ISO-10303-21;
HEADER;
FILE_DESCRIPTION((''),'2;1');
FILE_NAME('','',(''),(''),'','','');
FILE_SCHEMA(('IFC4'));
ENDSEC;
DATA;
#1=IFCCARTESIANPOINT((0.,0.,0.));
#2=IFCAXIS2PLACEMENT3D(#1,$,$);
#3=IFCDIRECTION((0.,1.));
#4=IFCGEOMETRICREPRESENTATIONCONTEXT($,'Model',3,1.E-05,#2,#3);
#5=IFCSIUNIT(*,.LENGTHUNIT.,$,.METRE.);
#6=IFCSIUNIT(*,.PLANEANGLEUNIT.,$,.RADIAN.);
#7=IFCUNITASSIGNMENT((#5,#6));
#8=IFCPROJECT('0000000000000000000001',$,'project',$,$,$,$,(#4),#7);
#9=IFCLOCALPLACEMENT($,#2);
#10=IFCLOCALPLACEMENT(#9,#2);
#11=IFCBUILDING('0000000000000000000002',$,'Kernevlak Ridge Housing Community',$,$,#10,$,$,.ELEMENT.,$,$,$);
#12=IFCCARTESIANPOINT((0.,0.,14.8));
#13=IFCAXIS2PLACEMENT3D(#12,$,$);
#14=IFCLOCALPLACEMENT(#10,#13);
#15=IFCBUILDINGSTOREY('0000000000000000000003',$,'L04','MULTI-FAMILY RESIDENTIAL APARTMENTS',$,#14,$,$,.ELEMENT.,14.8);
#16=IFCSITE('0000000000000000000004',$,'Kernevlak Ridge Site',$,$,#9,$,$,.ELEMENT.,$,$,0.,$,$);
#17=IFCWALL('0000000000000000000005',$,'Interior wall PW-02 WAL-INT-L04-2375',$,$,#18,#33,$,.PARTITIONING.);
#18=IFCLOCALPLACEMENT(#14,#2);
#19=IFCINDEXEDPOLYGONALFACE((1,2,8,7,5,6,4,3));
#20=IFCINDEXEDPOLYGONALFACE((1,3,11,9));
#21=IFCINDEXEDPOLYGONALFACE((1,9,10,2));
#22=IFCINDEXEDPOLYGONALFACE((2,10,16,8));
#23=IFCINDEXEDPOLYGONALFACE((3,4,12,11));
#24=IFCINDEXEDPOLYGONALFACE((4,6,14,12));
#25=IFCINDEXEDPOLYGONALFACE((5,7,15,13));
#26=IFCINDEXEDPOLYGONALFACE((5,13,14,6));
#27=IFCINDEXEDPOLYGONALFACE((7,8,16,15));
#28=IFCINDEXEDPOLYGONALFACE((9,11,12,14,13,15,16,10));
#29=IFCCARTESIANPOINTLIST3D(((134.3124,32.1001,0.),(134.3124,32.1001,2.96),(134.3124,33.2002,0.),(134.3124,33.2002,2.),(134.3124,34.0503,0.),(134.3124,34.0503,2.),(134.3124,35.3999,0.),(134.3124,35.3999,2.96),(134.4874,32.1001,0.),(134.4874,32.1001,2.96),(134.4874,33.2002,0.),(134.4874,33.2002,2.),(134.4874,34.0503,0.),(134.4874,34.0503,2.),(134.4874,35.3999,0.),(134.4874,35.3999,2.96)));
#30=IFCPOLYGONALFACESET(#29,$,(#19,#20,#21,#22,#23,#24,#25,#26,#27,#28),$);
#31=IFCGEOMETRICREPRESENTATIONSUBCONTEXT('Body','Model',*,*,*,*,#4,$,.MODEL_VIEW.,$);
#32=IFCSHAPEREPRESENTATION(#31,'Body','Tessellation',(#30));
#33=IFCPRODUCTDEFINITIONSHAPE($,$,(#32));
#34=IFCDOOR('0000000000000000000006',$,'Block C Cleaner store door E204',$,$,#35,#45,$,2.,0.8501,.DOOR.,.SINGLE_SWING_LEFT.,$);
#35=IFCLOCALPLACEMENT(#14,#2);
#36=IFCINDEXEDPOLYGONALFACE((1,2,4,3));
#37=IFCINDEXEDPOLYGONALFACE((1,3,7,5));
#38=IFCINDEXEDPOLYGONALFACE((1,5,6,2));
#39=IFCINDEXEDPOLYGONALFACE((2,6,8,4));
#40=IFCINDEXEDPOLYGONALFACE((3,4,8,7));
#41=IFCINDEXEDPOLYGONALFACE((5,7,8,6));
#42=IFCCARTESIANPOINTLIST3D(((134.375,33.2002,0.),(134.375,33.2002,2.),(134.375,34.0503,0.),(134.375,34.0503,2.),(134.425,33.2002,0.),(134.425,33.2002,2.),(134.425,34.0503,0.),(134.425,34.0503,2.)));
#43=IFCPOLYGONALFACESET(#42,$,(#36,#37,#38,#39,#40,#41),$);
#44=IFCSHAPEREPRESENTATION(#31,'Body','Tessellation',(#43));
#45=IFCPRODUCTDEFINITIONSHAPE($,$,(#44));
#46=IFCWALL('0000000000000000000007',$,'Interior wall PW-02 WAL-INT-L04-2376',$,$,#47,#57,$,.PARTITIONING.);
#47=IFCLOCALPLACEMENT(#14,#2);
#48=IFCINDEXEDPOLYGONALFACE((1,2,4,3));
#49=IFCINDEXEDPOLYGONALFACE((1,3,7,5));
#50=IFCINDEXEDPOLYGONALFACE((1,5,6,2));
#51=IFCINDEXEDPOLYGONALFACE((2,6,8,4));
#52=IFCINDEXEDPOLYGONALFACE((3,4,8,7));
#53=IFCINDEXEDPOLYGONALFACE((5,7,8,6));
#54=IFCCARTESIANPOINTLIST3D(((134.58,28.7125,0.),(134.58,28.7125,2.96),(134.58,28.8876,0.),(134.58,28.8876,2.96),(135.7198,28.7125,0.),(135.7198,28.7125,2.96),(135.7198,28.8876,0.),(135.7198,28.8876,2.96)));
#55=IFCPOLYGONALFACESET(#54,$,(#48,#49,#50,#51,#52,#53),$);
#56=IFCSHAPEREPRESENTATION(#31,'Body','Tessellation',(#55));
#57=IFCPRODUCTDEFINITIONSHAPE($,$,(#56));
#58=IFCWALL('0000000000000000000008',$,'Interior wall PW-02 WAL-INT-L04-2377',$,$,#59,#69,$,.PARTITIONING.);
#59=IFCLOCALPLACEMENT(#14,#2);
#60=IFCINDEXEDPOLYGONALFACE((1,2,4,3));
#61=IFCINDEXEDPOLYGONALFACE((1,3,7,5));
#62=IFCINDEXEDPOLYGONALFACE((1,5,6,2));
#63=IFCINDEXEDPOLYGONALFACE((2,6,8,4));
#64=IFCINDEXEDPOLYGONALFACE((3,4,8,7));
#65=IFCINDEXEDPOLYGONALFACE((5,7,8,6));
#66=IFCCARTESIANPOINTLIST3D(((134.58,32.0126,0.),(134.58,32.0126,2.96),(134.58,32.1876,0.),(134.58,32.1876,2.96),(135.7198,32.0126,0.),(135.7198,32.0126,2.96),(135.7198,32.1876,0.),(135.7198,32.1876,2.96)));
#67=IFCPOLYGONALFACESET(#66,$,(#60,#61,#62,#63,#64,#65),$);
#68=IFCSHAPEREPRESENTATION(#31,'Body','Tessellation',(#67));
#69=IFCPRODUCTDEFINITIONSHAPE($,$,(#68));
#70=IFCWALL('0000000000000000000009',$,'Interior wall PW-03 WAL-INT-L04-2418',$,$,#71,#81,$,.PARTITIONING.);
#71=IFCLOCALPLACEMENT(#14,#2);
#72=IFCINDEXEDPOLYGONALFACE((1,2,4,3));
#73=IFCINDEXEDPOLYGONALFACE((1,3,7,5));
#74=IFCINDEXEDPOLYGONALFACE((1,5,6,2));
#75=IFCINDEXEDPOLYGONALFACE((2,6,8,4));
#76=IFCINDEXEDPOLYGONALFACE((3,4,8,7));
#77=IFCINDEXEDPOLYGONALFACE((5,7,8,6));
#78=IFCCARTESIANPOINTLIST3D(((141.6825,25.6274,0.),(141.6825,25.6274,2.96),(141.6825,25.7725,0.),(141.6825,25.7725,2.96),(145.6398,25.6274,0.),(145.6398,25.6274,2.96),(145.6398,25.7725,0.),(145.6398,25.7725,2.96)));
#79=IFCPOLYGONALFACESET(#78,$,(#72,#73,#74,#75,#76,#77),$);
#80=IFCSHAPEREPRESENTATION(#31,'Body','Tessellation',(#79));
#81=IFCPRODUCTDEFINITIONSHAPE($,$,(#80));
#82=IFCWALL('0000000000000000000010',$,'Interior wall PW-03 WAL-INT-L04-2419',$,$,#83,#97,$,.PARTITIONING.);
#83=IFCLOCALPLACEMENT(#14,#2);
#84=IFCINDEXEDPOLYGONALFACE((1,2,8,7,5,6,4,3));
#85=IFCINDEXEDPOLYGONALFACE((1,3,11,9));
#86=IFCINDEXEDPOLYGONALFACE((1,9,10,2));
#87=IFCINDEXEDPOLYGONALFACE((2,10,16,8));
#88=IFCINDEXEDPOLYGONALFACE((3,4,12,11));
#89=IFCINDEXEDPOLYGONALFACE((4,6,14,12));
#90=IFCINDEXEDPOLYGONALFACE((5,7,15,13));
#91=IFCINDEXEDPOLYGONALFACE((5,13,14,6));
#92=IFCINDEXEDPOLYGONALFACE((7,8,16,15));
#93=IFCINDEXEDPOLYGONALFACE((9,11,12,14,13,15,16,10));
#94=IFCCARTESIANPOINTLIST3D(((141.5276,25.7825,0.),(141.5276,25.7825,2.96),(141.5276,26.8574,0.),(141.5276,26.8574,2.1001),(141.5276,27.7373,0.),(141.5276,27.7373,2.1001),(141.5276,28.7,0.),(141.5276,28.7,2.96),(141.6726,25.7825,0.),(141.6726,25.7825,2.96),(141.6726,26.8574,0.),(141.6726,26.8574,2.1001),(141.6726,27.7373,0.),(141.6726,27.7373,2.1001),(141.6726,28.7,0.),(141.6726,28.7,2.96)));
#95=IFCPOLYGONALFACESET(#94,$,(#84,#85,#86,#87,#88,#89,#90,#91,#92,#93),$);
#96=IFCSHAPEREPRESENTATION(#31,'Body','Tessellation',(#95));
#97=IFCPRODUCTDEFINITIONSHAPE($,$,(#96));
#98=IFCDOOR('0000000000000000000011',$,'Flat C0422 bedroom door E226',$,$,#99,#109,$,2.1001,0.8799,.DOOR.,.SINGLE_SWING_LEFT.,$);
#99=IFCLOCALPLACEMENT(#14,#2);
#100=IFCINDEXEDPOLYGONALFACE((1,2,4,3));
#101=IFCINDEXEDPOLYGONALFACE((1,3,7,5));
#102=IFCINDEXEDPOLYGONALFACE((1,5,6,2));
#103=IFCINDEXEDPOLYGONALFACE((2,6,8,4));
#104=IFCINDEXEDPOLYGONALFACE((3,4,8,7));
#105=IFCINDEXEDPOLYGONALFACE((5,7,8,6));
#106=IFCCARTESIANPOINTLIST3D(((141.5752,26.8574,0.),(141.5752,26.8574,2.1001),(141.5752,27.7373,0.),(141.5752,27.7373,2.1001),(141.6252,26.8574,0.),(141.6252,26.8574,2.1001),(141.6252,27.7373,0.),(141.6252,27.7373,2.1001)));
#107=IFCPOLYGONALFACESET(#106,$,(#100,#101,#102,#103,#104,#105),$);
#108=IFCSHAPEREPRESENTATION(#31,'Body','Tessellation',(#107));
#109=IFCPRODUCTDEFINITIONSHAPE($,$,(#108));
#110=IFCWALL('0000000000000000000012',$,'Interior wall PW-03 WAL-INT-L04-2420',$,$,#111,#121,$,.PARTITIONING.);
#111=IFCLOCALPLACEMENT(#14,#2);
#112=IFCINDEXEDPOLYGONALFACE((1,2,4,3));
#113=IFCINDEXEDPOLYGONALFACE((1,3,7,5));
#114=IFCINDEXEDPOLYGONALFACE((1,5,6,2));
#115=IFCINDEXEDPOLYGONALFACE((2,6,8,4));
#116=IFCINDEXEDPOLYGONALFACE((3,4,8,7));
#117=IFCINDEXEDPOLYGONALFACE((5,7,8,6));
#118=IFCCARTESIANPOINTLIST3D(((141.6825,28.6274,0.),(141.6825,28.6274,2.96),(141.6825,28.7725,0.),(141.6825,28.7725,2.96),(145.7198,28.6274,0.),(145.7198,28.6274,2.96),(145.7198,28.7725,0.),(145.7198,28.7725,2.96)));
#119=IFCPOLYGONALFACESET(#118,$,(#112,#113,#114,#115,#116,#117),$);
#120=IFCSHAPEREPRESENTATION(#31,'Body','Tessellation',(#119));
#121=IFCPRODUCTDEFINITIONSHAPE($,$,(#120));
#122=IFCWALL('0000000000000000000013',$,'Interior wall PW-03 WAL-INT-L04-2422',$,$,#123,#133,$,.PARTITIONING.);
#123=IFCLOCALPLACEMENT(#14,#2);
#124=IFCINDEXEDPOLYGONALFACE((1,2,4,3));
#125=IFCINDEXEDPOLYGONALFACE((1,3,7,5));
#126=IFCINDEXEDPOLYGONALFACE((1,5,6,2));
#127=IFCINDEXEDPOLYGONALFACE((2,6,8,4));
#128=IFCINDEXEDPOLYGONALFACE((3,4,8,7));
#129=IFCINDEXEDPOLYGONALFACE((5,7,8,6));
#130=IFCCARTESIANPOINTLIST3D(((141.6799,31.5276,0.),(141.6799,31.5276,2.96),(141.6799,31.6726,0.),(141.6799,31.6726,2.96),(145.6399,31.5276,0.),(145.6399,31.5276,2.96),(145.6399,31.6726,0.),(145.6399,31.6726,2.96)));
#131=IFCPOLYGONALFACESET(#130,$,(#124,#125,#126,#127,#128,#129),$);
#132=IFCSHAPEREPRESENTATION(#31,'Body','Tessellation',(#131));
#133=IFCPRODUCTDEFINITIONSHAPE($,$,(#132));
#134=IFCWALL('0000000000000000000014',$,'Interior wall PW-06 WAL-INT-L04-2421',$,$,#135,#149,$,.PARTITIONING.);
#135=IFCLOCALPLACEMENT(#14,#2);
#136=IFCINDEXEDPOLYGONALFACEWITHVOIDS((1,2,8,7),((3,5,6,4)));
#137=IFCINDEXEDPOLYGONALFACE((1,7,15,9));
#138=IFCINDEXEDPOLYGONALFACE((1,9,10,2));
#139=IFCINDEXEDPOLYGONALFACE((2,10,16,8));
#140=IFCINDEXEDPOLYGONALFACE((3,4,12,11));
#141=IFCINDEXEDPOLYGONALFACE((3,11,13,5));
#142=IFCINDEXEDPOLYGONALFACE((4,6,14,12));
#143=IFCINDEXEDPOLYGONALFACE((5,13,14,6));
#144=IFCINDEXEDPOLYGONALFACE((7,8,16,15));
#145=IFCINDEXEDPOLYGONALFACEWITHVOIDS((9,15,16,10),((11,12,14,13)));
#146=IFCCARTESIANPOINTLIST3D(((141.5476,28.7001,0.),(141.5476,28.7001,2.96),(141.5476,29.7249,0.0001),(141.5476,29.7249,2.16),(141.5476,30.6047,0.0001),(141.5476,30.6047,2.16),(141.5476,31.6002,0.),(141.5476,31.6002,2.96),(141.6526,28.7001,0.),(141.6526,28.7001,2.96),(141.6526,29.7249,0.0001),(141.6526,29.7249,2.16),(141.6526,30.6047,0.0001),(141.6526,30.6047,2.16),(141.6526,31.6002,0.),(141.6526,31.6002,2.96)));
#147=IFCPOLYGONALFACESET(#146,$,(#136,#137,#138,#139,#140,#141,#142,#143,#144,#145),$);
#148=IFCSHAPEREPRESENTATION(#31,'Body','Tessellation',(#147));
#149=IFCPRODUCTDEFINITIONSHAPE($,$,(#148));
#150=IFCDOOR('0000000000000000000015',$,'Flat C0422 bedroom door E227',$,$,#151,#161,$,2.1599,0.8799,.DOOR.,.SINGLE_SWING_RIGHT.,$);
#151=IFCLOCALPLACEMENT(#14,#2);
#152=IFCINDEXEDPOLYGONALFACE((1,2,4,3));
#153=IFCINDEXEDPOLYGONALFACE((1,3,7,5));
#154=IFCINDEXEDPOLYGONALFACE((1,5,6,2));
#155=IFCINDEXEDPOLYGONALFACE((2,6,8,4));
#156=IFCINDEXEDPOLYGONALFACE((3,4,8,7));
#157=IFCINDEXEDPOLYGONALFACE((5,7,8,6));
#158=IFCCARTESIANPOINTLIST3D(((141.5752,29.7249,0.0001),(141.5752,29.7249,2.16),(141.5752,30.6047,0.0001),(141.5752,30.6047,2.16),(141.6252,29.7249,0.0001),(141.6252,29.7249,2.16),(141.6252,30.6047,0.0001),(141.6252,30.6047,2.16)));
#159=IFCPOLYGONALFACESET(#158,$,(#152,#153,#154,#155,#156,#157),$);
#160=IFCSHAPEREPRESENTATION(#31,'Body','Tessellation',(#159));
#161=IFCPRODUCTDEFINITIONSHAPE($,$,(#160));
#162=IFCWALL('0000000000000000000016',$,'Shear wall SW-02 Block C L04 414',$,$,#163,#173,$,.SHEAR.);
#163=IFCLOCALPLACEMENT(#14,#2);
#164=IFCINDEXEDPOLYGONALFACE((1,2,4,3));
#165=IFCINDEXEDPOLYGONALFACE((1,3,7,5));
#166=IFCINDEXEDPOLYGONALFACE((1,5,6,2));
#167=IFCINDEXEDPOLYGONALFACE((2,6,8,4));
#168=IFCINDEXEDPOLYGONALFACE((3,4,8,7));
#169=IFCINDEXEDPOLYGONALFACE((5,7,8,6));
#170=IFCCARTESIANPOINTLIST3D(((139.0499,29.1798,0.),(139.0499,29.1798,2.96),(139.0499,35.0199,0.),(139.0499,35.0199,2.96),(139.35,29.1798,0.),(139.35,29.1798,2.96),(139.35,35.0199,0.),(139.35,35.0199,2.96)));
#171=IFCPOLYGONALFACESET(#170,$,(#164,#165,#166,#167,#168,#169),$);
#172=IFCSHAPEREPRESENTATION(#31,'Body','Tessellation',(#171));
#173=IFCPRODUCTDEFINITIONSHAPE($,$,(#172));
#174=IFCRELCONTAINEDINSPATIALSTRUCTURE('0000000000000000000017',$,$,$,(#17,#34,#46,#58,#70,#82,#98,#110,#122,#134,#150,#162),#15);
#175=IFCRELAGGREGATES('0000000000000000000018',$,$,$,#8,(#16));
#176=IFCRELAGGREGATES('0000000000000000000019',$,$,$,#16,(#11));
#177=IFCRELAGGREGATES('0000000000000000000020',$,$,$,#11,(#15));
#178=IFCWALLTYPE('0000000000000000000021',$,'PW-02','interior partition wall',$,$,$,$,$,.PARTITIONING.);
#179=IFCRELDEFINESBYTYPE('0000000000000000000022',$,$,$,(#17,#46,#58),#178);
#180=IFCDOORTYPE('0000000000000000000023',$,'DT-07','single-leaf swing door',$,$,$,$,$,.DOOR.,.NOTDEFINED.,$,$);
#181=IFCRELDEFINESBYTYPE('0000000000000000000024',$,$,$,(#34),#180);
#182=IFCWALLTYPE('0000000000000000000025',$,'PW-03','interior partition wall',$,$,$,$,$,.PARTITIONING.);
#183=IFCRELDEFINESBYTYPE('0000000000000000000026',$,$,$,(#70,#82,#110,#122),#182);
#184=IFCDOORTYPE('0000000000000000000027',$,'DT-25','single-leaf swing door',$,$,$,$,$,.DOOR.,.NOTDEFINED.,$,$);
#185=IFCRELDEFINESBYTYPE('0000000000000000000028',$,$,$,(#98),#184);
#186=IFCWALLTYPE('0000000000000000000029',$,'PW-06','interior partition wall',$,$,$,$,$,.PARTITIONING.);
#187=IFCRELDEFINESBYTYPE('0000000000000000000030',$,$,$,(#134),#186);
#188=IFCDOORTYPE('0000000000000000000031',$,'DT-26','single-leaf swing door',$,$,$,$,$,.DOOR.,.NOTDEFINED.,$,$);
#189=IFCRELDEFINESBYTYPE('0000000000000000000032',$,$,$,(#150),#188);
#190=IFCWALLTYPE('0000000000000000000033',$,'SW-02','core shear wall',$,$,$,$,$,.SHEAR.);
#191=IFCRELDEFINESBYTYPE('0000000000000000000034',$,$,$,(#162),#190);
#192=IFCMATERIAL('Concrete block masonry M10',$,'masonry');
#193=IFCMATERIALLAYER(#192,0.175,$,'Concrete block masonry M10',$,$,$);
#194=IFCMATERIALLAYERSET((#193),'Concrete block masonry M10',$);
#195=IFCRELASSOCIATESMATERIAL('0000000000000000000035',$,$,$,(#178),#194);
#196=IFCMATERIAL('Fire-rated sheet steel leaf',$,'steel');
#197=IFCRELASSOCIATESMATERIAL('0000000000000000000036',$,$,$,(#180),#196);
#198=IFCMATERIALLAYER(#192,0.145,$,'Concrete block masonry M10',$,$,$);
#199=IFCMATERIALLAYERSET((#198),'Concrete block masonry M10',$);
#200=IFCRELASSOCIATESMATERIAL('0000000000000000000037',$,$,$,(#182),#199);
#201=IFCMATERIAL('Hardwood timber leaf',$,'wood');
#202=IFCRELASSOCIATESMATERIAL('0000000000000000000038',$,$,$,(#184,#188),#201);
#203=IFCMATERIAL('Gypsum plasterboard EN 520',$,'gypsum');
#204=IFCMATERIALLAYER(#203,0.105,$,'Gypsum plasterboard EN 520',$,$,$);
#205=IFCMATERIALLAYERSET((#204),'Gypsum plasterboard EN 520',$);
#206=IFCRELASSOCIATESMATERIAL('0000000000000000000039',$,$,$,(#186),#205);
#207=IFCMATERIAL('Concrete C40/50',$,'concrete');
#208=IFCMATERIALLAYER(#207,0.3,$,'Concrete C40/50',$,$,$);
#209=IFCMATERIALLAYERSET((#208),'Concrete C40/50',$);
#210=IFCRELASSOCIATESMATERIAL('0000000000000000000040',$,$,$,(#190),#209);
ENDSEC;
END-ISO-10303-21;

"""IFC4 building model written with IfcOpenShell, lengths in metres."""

from ifc_helpers import new_model, si_unit, direction, frame, frame_2d, origin, place, context, subcontext, project, spatial, rectangle, extrude, material, layer, layer_set, type_object, element, fill, save


model = new_model("IFC4")

# Units and contexts
model_context = context("Model", 3, precision=1e-05, world=origin(), true_north=direction((0.0, 1.0)))
body_context = subcontext(model_context, "Body", "Model", "MODEL_VIEW")
ifc_project = project(units=[si_unit("LENGTHUNIT", "METRE"), si_unit("PLANEANGLEUNIT", "RADIAN")], contexts=[model_context])

# Site, building, storey
site_placement = place(None, origin())
site = spatial("IfcSite", under=ifc_project, at=site_placement, Name="Kernevlak Ridge Site", CompositionType="ELEMENT", RefElevation=0.0)
building_placement = place(site_placement, origin())
building = spatial("IfcBuilding", under=site, at=building_placement, Name="Kernevlak Ridge Housing Community", CompositionType="ELEMENT")
storey_placement = place(building_placement, frame((0.0, 0.0, 14.8)))
storey = spatial("IfcBuildingStorey", under=building, at=storey_placement, Name="L04", Description="MULTI-FAMILY RESIDENTIAL APARTMENTS", CompositionType="ELEMENT", Elevation=14.8)

# Shared definitions
ifc_material_1 = material(Name="Concrete block masonry M10", Category="masonry")

# Wall, opening, door
ifc_material_2 = material(Name="Fire-rated sheet steel leaf", Category="steel")
ifc_layer_1 = layer(ifc_material_1, 0.175, Name="Concrete block masonry M10")
ifc_layer_set_1 = layer_set([ifc_layer_1], Name="Concrete block masonry M10")
wall_type_1 = type_object("IfcWallType", Name="PW-02", Description="interior partition wall", PredefinedType="PARTITIONING", material=ifc_layer_set_1)
wall_1_placement = place(storey_placement, frame((134.3999, 32.1001, 0.0), z_axis=(0.0, 0.0, 1.0), x_axis=(0.0, 1.0, 0.0)))
wall_1 = element("IfcWall", 1, at=wall_1_placement, inside=storey, type_object=wall_type_1, Name="Interior wall PW-02 WAL-INT-L04-2375", PredefinedType="PARTITIONING", context=body_context, shape_type="SweptSolid", body=[
    extrude(rectangle(XDim=3.2998, YDim=0.175, at=frame_2d((1.6499, 0.0))), origin(), (0.0, 0.0, 1.0), 2.96),
])
opening_1_placement = place(wall_1_placement, frame((1.1001, 0.0, 0.0)))
opening_1 = element("IfcOpeningElement", 2, at=opening_1_placement, cuts=wall_1, PredefinedType="OPENING", context=body_context, shape_type="SweptSolid", body=[
    extrude(rectangle(XDim=0.8501, YDim=2.0, at=frame_2d((0.425, 1.0))), frame((0.0, 0.0974, 0.0), z_axis=(0.0, -1.0, 0.0), x_axis=(1.0, 0.0, 0.0)), (0.0, 0.0, 1.0), 0.1951),
])
door_type_1 = type_object("IfcDoorType", Name="DT-07", Description="single-leaf swing door", OperationType="NOTDEFINED", PredefinedType="DOOR", material=ifc_material_2)
door_1_placement = place(opening_1_placement, origin())
door_1 = element("IfcDoor", 3, at=door_1_placement, inside=storey, type_object=door_type_1, Name="Block C Cleaner store door E204", OperationType="SINGLE_SWING_LEFT", OverallHeight=2.0, OverallWidth=0.8501, PredefinedType="DOOR", context=body_context, shape_type="SweptSolid", body=[
    extrude(rectangle(XDim=0.8501, YDim=2.0, at=frame_2d((0.425, 1.0))), frame((0.0, 0.0249, 0.0), z_axis=(0.0, -1.0, 0.0), x_axis=(1.0, 0.0, 0.0)), (0.0, 0.0, 1.0), 0.05),
])
fill(opening_1, door_1)

# Walls
for number, where, z_axis, x_axis, name in (
    (4, (134.5801, 28.8, 0.0), (0.0, 0.0, 1.0), (1.0, 0.0, 0.0), "Interior wall PW-02 WAL-INT-L04-2376"),
    (5, (134.5801, 32.1001, 0.0), (0.0, 0.0, 1.0), (1.0, 0.0, 0.0), "Interior wall PW-02 WAL-INT-L04-2377"),
):
    element("IfcWall", number, at=place(storey_placement, frame(where, z_axis=z_axis, x_axis=x_axis)), inside=storey, type_object=wall_type_1, Name=name, PredefinedType="PARTITIONING", context=body_context, shape_type="SweptSolid", body=[
        extrude(rectangle(XDim=1.1399, YDim=0.175, at=frame_2d((0.5698, 0.0))), origin(), (0.0, 0.0, 1.0), 2.96),
    ])
ifc_layer_2 = layer(ifc_material_1, 0.145, Name="Concrete block masonry M10")
ifc_layer_set_2 = layer_set([ifc_layer_2], Name="Concrete block masonry M10")
wall_type_2 = type_object("IfcWallType", Name="PW-03", Description="interior partition wall", PredefinedType="PARTITIONING", material=ifc_layer_set_2)
wall_2_placement = place(storey_placement, frame((141.6826, 25.7, 0.0), z_axis=(0.0, 0.0, 1.0), x_axis=(1.0, 0.0, 0.0)))
element("IfcWall", 6, at=wall_2_placement, inside=storey, type_object=wall_type_2, Name="Interior wall PW-03 WAL-INT-L04-2418", PredefinedType="PARTITIONING", context=body_context, shape_type="SweptSolid", body=[
    extrude(rectangle(XDim=3.9573, YDim=0.145, at=frame_2d((1.9785, 0.0))), origin(), (0.0, 0.0, 1.0), 2.96),
])

# Wall, opening, door
wall_3_placement = place(storey_placement, frame((141.6001, 25.7825, 0.0), z_axis=(0.0, 0.0, 1.0), x_axis=(0.0, 1.0, 0.0)))
wall_3 = element("IfcWall", 7, at=wall_3_placement, inside=storey, type_object=wall_type_2, Name="Interior wall PW-03 WAL-INT-L04-2419", PredefinedType="PARTITIONING", context=body_context, shape_type="SweptSolid", body=[
    extrude(rectangle(XDim=2.9175, YDim=0.145, at=frame_2d((1.4587, 0.0))), origin(), (0.0, 0.0, 1.0), 2.96),
])
opening_2_placement = place(wall_3_placement, frame((1.075, 0.0, 0.0)))
opening_2 = element("IfcOpeningElement", 8, at=opening_2_placement, cuts=wall_3, PredefinedType="OPENING", context=body_context, shape_type="SweptSolid", body=[
    extrude(rectangle(XDim=0.8799, YDim=2.1001, at=frame_2d((0.4399, 1.05))), frame((0.0, 0.0825, 0.0), z_axis=(0.0, -1.0, 0.0), x_axis=(1.0, 0.0, 0.0)), (0.0, 0.0, 1.0), 0.165),
])
ifc_material_3 = material(Name="Hardwood timber leaf", Category="wood")
door_type_2 = type_object("IfcDoorType", Name="DT-25", Description="single-leaf swing door", OperationType="NOTDEFINED", PredefinedType="DOOR", material=ifc_material_3)
door_2_placement = place(opening_2_placement, origin())
door_2 = element("IfcDoor", 9, at=door_2_placement, inside=storey, type_object=door_type_2, Name="Flat C0422 bedroom door E226", OperationType="SINGLE_SWING_LEFT", OverallHeight=2.1001, OverallWidth=0.8799, PredefinedType="DOOR", context=body_context, shape_type="SweptSolid", body=[
    extrude(rectangle(XDim=0.8799, YDim=2.1001, at=frame_2d((0.4399, 1.05))), frame((0.0, 0.0249, 0.0), z_axis=(0.0, -1.0, 0.0), x_axis=(1.0, 0.0, 0.0)), (0.0, 0.0, 1.0), 0.05),
])
fill(opening_2, door_2)

# Walls
wall_4_placement = place(storey_placement, frame((141.6826, 28.7, 0.0), z_axis=(0.0, 0.0, 1.0), x_axis=(1.0, 0.0, 0.0)))
element("IfcWall", 10, at=wall_4_placement, inside=storey, type_object=wall_type_2, Name="Interior wall PW-03 WAL-INT-L04-2420", PredefinedType="PARTITIONING", context=body_context, shape_type="SweptSolid", body=[
    extrude(rectangle(XDim=4.0374, YDim=0.145, at=frame_2d((2.0186, 0.0))), origin(), (0.0, 0.0, 1.0), 2.96),
])
wall_5_placement = place(storey_placement, frame((141.6799, 31.6001, 0.0), z_axis=(0.0, 0.0, 1.0), x_axis=(1.0, 0.0, 0.0)))
element("IfcWall", 11, at=wall_5_placement, inside=storey, type_object=wall_type_2, Name="Interior wall PW-03 WAL-INT-L04-2422", PredefinedType="PARTITIONING", context=body_context, shape_type="SweptSolid", body=[
    extrude(rectangle(XDim=3.96, YDim=0.145, at=frame_2d((1.98, 0.0))), origin(), (0.0, 0.0, 1.0), 2.96),
])

# Wall, opening, door
ifc_material_4 = material(Name="Gypsum plasterboard EN 520", Category="gypsum")
ifc_layer_3 = layer(ifc_material_4, 0.105, Name="Gypsum plasterboard EN 520")
ifc_layer_set_3 = layer_set([ifc_layer_3], Name="Gypsum plasterboard EN 520")
wall_type_3 = type_object("IfcWallType", Name="PW-06", Description="interior partition wall", PredefinedType="PARTITIONING", material=ifc_layer_set_3)
wall_6_placement = place(storey_placement, frame((141.6001, 28.7, 0.0), z_axis=(0.0, 0.0, 1.0), x_axis=(0.0, 1.0, 0.0)))
wall_6 = element("IfcWall", 12, at=wall_6_placement, inside=storey, type_object=wall_type_3, Name="Interior wall PW-06 WAL-INT-L04-2421", PredefinedType="PARTITIONING", context=body_context, shape_type="SweptSolid", body=[
    extrude(rectangle(XDim=2.9001, YDim=0.105, at=frame_2d((1.4502, 0.0))), origin(), (0.0, 0.0, 1.0), 2.96),
])
opening_3_placement = place(wall_6_placement, frame((1.0249, 0.0, 0.0)))
opening_3 = element("IfcOpeningElement", 13, at=opening_3_placement, cuts=wall_6, PredefinedType="OPENING", context=body_context, shape_type="SweptSolid", body=[
    extrude(rectangle(XDim=0.8799, YDim=2.1599, at=frame_2d((0.4399, 1.0801))), frame((0.0, 0.0625, 0.0), z_axis=(0.0, -1.0, 0.0), x_axis=(1.0, 0.0, 0.0)), (0.0, 0.0, 1.0), 0.125),
])
door_type_3 = type_object("IfcDoorType", Name="DT-26", Description="single-leaf swing door", OperationType="NOTDEFINED", PredefinedType="DOOR", material=ifc_material_3)
door_3_placement = place(opening_3_placement, origin())
door_3 = element("IfcDoor", 14, at=door_3_placement, inside=storey, type_object=door_type_3, Name="Flat C0422 bedroom door E227", OperationType="SINGLE_SWING_RIGHT", OverallHeight=2.1599, OverallWidth=0.8799, PredefinedType="DOOR", context=body_context, shape_type="SweptSolid", body=[
    extrude(rectangle(XDim=0.8799, YDim=2.1599, at=frame_2d((0.4399, 1.0801))), frame((0.0, 0.0249, 0.0), z_axis=(0.0, -1.0, 0.0), x_axis=(1.0, 0.0, 0.0)), (0.0, 0.0, 1.0), 0.05),
])
fill(opening_3, door_3)

# Wall
ifc_material_5 = material(Name="Concrete C40/50", Category="concrete")
ifc_layer_4 = layer(ifc_material_5, 0.3, Name="Concrete C40/50")
ifc_layer_set_4 = layer_set([ifc_layer_4], Name="Concrete C40/50")
wall_type_4 = type_object("IfcWallType", Name="SW-02", Description="core shear wall", PredefinedType="SHEAR", material=ifc_layer_set_4)
wall_7_placement = place(storey_placement, frame((139.2, 29.1799, 0.0), z_axis=(0.0, 0.0, 1.0), x_axis=(0.0, 1.0, 0.0)))
element("IfcWall", 15, at=wall_7_placement, inside=storey, type_object=wall_type_4, Name="Shear wall SW-02 Block C L04 414", PredefinedType="SHEAR", context=body_context, shape_type="SweptSolid", body=[
    extrude(rectangle(XDim=5.8401, YDim=0.3, at=frame_2d((2.9199, 0.0))), origin(), (0.0, 0.0, 1.0), 2.96),
])

save(model, "model.ifc")
